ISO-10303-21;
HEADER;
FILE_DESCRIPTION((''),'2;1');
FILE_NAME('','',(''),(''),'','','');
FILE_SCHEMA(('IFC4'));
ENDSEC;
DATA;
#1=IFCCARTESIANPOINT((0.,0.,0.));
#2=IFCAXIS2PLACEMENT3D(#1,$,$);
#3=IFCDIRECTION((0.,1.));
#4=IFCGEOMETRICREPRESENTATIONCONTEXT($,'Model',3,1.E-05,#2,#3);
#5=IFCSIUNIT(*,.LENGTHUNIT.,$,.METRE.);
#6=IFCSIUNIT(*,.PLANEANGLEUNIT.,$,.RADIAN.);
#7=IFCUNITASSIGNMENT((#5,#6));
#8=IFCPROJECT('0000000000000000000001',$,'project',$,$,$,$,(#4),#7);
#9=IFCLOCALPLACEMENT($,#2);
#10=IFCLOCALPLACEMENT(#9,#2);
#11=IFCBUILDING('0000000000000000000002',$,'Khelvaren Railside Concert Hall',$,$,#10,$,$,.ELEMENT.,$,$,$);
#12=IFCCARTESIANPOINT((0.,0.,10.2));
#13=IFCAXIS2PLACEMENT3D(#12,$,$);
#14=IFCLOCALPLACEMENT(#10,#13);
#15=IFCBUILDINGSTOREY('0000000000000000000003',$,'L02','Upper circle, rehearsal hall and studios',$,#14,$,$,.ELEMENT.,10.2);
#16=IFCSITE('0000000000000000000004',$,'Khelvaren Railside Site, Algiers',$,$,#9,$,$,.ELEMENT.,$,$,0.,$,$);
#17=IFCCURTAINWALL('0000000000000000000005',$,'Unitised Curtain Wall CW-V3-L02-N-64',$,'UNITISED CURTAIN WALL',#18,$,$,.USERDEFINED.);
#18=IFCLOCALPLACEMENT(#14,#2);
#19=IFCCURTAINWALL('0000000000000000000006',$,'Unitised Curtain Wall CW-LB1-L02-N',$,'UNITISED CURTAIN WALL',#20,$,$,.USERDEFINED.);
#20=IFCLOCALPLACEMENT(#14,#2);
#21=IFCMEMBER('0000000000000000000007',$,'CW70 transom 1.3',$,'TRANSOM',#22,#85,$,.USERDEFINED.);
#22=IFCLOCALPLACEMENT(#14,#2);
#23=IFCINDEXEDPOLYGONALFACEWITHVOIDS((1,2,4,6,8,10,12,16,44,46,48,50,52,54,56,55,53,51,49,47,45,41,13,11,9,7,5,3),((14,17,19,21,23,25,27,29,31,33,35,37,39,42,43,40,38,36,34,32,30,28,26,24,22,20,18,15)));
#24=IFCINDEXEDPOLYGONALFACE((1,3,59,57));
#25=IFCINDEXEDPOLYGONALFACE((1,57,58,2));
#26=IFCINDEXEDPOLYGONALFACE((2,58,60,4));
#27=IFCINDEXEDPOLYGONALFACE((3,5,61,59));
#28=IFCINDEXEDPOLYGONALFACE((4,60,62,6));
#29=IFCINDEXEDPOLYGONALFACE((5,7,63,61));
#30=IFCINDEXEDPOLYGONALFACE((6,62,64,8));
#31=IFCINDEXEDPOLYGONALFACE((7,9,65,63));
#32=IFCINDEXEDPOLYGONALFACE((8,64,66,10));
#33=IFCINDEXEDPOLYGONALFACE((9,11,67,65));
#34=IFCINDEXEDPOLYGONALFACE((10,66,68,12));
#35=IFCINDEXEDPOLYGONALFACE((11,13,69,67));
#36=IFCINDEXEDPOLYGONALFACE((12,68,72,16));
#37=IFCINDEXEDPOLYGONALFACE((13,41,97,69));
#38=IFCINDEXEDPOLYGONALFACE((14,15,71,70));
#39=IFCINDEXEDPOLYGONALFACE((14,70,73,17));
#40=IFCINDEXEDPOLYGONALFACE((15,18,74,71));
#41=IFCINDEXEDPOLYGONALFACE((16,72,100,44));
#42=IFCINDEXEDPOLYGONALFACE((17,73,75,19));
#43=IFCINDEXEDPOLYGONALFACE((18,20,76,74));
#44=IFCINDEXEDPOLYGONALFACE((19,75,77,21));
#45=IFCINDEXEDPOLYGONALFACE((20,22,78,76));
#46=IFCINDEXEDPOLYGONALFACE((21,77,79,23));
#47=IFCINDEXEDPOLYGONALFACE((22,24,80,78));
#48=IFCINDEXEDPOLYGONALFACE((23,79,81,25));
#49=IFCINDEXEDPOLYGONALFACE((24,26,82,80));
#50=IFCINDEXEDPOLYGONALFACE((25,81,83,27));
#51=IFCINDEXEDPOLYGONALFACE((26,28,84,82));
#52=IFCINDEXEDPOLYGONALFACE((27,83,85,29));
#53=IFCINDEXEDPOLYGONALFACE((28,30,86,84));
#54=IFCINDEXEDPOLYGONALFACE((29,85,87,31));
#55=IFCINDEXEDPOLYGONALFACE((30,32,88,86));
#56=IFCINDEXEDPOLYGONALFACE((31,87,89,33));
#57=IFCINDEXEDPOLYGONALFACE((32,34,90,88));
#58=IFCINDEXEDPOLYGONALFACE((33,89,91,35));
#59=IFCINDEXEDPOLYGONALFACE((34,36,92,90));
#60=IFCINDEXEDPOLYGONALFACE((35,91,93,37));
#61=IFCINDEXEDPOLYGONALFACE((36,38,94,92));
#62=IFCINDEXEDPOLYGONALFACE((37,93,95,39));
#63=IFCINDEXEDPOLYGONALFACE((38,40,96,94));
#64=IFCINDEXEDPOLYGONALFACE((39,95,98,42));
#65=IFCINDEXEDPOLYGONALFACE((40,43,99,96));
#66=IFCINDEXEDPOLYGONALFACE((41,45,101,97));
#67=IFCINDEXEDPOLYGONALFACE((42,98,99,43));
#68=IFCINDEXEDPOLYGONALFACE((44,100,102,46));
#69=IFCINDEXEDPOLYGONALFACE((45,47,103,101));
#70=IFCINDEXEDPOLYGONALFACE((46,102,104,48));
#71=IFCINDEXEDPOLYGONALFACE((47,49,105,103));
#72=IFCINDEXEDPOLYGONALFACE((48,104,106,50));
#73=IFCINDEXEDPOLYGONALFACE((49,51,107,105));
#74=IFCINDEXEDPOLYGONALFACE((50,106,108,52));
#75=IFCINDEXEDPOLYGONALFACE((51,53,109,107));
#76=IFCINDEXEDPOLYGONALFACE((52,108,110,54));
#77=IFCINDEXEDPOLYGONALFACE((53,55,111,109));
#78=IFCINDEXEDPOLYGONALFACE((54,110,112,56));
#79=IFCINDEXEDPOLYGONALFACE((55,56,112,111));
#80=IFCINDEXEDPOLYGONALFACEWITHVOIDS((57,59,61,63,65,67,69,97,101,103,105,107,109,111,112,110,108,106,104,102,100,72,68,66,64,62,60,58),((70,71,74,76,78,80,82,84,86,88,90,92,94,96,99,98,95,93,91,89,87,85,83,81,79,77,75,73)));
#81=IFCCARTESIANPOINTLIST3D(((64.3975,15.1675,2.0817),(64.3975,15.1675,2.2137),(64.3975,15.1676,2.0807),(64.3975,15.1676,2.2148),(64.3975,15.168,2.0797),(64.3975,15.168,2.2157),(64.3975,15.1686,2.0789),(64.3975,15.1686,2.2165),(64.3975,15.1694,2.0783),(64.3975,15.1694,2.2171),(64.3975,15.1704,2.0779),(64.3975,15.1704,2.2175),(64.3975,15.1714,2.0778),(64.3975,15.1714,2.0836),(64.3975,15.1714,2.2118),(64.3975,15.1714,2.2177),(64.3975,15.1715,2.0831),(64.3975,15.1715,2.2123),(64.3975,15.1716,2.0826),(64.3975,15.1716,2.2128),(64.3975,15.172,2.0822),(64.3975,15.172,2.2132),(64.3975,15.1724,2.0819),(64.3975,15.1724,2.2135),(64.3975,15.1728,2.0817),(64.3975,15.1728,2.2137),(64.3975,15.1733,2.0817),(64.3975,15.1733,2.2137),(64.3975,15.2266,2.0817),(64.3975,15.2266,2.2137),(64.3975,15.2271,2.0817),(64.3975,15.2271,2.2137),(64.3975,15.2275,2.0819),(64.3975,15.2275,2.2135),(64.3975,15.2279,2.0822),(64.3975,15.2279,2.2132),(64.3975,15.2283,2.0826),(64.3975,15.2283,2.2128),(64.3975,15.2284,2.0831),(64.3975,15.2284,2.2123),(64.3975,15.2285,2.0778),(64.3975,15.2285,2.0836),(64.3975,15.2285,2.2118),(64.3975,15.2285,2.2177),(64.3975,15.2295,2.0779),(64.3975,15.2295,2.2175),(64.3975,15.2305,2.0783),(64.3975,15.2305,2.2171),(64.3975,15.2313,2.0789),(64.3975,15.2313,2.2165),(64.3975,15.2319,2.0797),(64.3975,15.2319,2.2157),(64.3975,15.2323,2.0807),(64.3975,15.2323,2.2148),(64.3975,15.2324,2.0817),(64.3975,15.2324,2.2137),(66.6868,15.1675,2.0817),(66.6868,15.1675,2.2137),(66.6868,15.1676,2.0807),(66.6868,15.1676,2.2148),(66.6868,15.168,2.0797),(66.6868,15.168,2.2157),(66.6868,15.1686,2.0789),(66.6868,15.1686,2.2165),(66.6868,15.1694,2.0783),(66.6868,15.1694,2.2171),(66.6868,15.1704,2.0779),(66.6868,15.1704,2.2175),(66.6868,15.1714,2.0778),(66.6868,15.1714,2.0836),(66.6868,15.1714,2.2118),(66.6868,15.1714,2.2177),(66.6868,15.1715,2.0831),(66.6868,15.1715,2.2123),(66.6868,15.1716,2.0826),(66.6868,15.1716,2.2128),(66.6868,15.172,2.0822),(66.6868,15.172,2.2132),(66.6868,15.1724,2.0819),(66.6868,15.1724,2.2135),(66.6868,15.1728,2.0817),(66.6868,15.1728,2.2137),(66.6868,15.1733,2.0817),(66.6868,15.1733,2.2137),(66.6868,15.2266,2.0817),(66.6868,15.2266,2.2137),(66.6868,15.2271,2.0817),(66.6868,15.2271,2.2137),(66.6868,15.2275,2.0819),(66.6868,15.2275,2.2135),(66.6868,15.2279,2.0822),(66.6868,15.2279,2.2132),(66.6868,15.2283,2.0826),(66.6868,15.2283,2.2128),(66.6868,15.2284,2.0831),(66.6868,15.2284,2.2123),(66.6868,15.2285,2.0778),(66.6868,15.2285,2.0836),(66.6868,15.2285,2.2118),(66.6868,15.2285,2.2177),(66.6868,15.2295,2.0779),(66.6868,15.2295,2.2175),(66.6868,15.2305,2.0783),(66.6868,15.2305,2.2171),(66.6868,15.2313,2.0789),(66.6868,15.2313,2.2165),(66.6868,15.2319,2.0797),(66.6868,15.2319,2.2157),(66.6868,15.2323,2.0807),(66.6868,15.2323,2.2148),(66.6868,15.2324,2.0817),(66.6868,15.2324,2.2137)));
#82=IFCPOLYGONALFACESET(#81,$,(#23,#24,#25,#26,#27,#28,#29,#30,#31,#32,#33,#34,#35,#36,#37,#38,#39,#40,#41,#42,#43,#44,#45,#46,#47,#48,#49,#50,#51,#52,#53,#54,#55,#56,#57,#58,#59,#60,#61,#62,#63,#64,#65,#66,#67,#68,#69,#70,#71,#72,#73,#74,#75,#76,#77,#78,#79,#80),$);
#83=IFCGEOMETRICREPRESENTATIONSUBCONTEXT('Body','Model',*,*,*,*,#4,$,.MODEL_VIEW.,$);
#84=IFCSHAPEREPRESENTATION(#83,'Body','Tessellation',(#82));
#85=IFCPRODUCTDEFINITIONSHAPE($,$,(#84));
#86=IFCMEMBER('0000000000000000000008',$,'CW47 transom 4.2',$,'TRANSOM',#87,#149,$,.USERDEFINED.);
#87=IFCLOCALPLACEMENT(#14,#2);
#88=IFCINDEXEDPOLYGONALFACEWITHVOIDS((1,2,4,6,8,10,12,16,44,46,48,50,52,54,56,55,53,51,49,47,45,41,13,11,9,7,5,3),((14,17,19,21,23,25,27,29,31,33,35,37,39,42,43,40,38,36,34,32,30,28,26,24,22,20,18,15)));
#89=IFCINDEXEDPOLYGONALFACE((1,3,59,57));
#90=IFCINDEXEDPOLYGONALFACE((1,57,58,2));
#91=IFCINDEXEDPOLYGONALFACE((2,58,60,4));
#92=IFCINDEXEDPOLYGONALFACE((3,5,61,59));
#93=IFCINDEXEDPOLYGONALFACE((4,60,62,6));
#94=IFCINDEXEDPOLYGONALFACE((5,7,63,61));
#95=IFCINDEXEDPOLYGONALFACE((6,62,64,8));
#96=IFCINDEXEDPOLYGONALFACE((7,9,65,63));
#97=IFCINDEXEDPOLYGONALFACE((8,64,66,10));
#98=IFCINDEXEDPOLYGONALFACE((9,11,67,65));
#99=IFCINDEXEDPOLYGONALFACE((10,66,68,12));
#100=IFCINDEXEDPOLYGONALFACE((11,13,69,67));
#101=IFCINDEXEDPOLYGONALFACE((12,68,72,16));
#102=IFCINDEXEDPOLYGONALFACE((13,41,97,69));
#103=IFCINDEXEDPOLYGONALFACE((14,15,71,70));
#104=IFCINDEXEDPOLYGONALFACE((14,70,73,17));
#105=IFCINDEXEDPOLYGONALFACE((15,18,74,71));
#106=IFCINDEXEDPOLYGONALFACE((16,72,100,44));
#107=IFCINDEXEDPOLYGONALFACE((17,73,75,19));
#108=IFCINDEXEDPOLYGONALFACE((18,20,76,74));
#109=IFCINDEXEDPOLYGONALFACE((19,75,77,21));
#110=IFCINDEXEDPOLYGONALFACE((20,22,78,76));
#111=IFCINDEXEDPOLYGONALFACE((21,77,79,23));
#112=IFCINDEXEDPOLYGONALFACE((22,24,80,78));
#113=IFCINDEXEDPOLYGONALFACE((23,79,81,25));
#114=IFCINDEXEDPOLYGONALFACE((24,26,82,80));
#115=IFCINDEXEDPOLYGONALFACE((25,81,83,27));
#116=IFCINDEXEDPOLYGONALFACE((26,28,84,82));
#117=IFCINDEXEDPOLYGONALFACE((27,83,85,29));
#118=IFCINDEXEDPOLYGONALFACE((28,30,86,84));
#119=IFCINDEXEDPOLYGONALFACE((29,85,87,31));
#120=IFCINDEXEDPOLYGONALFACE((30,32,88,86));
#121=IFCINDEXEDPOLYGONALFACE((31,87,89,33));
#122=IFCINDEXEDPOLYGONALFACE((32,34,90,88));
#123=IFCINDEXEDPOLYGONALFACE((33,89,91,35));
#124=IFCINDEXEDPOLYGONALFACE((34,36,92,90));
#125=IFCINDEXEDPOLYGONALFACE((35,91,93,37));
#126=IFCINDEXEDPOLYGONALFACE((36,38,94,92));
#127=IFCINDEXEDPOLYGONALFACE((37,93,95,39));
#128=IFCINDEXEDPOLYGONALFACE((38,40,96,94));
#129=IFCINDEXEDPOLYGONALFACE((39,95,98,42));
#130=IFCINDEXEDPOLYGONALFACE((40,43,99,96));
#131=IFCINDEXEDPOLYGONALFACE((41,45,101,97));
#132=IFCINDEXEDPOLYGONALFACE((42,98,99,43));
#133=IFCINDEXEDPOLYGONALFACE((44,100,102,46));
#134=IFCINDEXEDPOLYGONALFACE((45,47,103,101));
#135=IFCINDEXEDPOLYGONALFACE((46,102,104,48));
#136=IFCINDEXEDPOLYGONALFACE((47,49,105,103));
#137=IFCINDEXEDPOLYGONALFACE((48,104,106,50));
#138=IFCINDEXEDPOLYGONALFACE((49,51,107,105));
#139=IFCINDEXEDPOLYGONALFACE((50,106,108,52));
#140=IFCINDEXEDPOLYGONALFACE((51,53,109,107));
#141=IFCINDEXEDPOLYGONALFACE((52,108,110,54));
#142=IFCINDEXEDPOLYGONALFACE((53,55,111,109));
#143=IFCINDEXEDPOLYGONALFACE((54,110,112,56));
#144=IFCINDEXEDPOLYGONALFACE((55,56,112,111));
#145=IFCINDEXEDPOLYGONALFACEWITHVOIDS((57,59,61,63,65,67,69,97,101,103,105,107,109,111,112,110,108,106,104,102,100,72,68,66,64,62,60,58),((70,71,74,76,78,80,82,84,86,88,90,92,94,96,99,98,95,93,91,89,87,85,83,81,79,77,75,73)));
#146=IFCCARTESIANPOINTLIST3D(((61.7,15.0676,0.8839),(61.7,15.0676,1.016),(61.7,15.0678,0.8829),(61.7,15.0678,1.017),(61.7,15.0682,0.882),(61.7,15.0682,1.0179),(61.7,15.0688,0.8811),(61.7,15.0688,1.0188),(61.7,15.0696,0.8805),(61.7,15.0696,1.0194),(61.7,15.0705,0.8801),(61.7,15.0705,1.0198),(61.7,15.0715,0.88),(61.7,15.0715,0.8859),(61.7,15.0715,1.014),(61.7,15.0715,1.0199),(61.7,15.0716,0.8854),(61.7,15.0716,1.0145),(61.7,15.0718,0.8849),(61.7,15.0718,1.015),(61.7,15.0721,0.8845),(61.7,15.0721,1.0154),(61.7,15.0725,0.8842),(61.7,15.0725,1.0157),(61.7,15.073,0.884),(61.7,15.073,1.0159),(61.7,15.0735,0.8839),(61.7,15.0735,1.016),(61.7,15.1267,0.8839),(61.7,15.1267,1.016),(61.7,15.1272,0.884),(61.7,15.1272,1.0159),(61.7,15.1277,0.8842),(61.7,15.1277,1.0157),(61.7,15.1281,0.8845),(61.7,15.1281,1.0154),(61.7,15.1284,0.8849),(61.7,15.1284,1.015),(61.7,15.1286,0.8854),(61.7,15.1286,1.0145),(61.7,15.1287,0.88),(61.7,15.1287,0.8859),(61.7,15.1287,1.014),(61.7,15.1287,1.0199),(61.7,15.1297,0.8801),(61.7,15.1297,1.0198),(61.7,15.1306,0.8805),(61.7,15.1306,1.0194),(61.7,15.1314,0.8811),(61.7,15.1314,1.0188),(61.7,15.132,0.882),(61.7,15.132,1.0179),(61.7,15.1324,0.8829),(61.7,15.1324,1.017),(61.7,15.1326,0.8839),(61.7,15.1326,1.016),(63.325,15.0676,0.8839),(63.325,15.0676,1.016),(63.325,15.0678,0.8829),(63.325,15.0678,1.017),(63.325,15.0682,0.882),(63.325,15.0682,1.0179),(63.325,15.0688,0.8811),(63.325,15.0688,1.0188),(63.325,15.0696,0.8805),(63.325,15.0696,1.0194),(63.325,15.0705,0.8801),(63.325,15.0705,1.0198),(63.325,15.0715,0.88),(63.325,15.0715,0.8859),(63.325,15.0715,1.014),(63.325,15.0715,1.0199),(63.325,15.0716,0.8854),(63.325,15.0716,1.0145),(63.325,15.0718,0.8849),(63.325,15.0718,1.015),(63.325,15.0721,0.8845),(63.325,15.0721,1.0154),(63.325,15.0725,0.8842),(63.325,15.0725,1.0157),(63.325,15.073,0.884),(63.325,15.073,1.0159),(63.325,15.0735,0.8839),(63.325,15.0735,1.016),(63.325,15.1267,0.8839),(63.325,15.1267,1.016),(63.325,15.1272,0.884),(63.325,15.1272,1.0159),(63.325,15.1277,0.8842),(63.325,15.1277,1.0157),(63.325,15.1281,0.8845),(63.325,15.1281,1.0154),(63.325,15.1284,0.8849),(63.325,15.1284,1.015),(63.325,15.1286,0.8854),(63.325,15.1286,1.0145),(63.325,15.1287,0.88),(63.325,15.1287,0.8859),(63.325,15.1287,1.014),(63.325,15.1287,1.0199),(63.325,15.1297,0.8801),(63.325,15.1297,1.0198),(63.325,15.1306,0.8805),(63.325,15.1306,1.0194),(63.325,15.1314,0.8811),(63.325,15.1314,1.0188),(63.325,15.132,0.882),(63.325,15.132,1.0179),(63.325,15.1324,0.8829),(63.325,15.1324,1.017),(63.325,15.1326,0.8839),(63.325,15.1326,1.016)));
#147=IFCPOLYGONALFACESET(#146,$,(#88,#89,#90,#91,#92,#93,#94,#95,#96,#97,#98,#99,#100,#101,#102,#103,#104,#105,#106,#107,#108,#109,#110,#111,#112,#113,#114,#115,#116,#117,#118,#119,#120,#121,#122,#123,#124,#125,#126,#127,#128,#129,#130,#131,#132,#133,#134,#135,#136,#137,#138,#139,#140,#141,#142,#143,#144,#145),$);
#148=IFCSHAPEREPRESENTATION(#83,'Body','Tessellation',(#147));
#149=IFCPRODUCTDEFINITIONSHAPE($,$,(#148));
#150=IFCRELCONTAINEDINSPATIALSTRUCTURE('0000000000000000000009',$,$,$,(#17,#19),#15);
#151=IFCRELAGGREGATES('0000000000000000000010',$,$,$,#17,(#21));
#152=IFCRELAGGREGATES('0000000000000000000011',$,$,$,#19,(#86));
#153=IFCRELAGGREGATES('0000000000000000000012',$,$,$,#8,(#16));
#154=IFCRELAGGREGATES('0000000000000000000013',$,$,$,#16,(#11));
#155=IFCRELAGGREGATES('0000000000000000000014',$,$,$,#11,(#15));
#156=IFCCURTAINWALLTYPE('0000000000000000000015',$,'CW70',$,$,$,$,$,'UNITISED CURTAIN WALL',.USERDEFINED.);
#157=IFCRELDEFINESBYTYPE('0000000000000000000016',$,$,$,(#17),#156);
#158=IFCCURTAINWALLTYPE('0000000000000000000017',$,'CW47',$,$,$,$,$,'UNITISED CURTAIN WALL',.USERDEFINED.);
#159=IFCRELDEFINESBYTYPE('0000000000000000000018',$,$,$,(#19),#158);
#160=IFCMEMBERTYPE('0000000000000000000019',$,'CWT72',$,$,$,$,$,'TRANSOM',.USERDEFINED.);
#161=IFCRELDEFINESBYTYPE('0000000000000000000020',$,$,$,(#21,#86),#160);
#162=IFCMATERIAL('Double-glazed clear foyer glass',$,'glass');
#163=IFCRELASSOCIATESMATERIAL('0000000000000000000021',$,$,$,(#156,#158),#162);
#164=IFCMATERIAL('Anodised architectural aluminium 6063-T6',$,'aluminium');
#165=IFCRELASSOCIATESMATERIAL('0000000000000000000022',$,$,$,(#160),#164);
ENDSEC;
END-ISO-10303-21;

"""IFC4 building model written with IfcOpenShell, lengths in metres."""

from ifc_helpers import new_model, si_unit, direction, frame, origin, origin_2d, place, context, subcontext, project, spatial, hollow_rectangle, extrude, material, material_profile, profile_set, type_object, element, aggregate, save


model = new_model("IFC4")

# Units and contexts
model_context = context("Model", 3, precision=1e-05, world=origin(), true_north=direction((0.0, 1.0)))
body_context = subcontext(model_context, "Body", "Model", "MODEL_VIEW")
ifc_project = project(units=[si_unit("LENGTHUNIT", "METRE"), si_unit("PLANEANGLEUNIT", "RADIAN")], contexts=[model_context])

# Site, building, storey
site_placement = place(None, origin())
site = spatial("IfcSite", under=ifc_project, at=site_placement, Name="Khelvaren Railside Site, Algiers", CompositionType="ELEMENT", RefElevation=0.0)
building_placement = place(site_placement, origin())
building = spatial("IfcBuilding", under=site, at=building_placement, Name="Khelvaren Railside Concert Hall", CompositionType="ELEMENT")
storey_placement = place(building_placement, frame((0.0, 0.0, 10.2)))
storey = spatial("IfcBuildingStorey", under=building, at=storey_placement, Name="L02", Description="Upper circle, rehearsal hall and studios", CompositionType="ELEMENT", Elevation=10.2)

# Curtain walls
ifc_material_1 = material(Name="Double-glazed clear foyer glass", Category="glass")
curtain_wall_type_1 = type_object("IfcCurtainWallType", Name="CW70", ElementType="UNITISED CURTAIN WALL", PredefinedType="USERDEFINED", material=ifc_material_1)
curtain_wall_1_placement = place(storey_placement, origin())
curtain_wall_1 = element("IfcCurtainWall", 1, at=curtain_wall_1_placement, inside=storey, type_object=curtain_wall_type_1, Name="Unitised Curtain Wall CW-V3-L02-N-64", ObjectType="UNITISED CURTAIN WALL", PredefinedType="USERDEFINED")
ifc_material_2 = material(Name="Anodised architectural aluminium 6063-T6", Category="aluminium")
curtain_wall_type_2 = type_object("IfcCurtainWallType", Name="CW47", ElementType="UNITISED CURTAIN WALL", PredefinedType="USERDEFINED", material=ifc_material_1)
curtain_wall_2_placement = place(storey_placement, origin())
curtain_wall_2 = element("IfcCurtainWall", 2, at=curtain_wall_2_placement, inside=storey, type_object=curtain_wall_type_2, Name="Unitised Curtain Wall CW-LB1-L02-N", ObjectType="UNITISED CURTAIN WALL", PredefinedType="USERDEFINED")

# Members
ifc_material_profile_1 = material_profile(ifc_material_2, hollow_rectangle(XDim=0.0649, YDim=0.1399, WallThickness=0.0039, InnerFilletRadius=0.002, OuterFilletRadius=0.0039, at=origin_2d()), Name="CWT 65x140x4")
ifc_profile_set_1 = profile_set([ifc_material_profile_1], Name="Anodised architectural aluminium 6063-T6")
member_type_1 = type_object("IfcMemberType", Name="CWT72", ElementType="TRANSOM", PredefinedType="USERDEFINED", material=ifc_profile_set_1)
member_1_placement = place(storey_placement, frame((64.3975, 15.2, 2.1477), z_axis=(1.0, 0.0, 0.0), x_axis=(0.0, 1.0, 0.0)))
member_1 = element("IfcMember", 3, at=member_1_placement, type_object=member_type_1, Name="CW70 transom 1.3", ObjectType="TRANSOM", PredefinedType="USERDEFINED", context=body_context, shape_type="SweptSolid", body=[
    extrude(hollow_rectangle(XDim=0.0649, YDim=0.1399, WallThickness=0.0039, InnerFilletRadius=0.002, OuterFilletRadius=0.0039, at=origin_2d()), origin(), (0.0, 0.0, 1.0), 2.2893),
])
aggregate(curtain_wall_1, [member_1])
member_2_placement = place(storey_placement, frame((61.7, 15.1001, 0.95), z_axis=(1.0, 0.0, 0.0), x_axis=(0.0, 1.0, 0.0)))
member_2 = element("IfcMember", 4, at=member_2_placement, type_object=member_type_1, Name="CW47 transom 4.2", ObjectType="TRANSOM", PredefinedType="USERDEFINED", context=body_context, shape_type="SweptSolid", body=[
    extrude(hollow_rectangle(XDim=0.0649, YDim=0.1399, WallThickness=0.0039, InnerFilletRadius=0.002, OuterFilletRadius=0.0039, at=origin_2d()), origin(), (0.0, 0.0, 1.0), 1.625),
])

aggregate(curtain_wall_2, [member_2])

save(model, "model.ifc")
